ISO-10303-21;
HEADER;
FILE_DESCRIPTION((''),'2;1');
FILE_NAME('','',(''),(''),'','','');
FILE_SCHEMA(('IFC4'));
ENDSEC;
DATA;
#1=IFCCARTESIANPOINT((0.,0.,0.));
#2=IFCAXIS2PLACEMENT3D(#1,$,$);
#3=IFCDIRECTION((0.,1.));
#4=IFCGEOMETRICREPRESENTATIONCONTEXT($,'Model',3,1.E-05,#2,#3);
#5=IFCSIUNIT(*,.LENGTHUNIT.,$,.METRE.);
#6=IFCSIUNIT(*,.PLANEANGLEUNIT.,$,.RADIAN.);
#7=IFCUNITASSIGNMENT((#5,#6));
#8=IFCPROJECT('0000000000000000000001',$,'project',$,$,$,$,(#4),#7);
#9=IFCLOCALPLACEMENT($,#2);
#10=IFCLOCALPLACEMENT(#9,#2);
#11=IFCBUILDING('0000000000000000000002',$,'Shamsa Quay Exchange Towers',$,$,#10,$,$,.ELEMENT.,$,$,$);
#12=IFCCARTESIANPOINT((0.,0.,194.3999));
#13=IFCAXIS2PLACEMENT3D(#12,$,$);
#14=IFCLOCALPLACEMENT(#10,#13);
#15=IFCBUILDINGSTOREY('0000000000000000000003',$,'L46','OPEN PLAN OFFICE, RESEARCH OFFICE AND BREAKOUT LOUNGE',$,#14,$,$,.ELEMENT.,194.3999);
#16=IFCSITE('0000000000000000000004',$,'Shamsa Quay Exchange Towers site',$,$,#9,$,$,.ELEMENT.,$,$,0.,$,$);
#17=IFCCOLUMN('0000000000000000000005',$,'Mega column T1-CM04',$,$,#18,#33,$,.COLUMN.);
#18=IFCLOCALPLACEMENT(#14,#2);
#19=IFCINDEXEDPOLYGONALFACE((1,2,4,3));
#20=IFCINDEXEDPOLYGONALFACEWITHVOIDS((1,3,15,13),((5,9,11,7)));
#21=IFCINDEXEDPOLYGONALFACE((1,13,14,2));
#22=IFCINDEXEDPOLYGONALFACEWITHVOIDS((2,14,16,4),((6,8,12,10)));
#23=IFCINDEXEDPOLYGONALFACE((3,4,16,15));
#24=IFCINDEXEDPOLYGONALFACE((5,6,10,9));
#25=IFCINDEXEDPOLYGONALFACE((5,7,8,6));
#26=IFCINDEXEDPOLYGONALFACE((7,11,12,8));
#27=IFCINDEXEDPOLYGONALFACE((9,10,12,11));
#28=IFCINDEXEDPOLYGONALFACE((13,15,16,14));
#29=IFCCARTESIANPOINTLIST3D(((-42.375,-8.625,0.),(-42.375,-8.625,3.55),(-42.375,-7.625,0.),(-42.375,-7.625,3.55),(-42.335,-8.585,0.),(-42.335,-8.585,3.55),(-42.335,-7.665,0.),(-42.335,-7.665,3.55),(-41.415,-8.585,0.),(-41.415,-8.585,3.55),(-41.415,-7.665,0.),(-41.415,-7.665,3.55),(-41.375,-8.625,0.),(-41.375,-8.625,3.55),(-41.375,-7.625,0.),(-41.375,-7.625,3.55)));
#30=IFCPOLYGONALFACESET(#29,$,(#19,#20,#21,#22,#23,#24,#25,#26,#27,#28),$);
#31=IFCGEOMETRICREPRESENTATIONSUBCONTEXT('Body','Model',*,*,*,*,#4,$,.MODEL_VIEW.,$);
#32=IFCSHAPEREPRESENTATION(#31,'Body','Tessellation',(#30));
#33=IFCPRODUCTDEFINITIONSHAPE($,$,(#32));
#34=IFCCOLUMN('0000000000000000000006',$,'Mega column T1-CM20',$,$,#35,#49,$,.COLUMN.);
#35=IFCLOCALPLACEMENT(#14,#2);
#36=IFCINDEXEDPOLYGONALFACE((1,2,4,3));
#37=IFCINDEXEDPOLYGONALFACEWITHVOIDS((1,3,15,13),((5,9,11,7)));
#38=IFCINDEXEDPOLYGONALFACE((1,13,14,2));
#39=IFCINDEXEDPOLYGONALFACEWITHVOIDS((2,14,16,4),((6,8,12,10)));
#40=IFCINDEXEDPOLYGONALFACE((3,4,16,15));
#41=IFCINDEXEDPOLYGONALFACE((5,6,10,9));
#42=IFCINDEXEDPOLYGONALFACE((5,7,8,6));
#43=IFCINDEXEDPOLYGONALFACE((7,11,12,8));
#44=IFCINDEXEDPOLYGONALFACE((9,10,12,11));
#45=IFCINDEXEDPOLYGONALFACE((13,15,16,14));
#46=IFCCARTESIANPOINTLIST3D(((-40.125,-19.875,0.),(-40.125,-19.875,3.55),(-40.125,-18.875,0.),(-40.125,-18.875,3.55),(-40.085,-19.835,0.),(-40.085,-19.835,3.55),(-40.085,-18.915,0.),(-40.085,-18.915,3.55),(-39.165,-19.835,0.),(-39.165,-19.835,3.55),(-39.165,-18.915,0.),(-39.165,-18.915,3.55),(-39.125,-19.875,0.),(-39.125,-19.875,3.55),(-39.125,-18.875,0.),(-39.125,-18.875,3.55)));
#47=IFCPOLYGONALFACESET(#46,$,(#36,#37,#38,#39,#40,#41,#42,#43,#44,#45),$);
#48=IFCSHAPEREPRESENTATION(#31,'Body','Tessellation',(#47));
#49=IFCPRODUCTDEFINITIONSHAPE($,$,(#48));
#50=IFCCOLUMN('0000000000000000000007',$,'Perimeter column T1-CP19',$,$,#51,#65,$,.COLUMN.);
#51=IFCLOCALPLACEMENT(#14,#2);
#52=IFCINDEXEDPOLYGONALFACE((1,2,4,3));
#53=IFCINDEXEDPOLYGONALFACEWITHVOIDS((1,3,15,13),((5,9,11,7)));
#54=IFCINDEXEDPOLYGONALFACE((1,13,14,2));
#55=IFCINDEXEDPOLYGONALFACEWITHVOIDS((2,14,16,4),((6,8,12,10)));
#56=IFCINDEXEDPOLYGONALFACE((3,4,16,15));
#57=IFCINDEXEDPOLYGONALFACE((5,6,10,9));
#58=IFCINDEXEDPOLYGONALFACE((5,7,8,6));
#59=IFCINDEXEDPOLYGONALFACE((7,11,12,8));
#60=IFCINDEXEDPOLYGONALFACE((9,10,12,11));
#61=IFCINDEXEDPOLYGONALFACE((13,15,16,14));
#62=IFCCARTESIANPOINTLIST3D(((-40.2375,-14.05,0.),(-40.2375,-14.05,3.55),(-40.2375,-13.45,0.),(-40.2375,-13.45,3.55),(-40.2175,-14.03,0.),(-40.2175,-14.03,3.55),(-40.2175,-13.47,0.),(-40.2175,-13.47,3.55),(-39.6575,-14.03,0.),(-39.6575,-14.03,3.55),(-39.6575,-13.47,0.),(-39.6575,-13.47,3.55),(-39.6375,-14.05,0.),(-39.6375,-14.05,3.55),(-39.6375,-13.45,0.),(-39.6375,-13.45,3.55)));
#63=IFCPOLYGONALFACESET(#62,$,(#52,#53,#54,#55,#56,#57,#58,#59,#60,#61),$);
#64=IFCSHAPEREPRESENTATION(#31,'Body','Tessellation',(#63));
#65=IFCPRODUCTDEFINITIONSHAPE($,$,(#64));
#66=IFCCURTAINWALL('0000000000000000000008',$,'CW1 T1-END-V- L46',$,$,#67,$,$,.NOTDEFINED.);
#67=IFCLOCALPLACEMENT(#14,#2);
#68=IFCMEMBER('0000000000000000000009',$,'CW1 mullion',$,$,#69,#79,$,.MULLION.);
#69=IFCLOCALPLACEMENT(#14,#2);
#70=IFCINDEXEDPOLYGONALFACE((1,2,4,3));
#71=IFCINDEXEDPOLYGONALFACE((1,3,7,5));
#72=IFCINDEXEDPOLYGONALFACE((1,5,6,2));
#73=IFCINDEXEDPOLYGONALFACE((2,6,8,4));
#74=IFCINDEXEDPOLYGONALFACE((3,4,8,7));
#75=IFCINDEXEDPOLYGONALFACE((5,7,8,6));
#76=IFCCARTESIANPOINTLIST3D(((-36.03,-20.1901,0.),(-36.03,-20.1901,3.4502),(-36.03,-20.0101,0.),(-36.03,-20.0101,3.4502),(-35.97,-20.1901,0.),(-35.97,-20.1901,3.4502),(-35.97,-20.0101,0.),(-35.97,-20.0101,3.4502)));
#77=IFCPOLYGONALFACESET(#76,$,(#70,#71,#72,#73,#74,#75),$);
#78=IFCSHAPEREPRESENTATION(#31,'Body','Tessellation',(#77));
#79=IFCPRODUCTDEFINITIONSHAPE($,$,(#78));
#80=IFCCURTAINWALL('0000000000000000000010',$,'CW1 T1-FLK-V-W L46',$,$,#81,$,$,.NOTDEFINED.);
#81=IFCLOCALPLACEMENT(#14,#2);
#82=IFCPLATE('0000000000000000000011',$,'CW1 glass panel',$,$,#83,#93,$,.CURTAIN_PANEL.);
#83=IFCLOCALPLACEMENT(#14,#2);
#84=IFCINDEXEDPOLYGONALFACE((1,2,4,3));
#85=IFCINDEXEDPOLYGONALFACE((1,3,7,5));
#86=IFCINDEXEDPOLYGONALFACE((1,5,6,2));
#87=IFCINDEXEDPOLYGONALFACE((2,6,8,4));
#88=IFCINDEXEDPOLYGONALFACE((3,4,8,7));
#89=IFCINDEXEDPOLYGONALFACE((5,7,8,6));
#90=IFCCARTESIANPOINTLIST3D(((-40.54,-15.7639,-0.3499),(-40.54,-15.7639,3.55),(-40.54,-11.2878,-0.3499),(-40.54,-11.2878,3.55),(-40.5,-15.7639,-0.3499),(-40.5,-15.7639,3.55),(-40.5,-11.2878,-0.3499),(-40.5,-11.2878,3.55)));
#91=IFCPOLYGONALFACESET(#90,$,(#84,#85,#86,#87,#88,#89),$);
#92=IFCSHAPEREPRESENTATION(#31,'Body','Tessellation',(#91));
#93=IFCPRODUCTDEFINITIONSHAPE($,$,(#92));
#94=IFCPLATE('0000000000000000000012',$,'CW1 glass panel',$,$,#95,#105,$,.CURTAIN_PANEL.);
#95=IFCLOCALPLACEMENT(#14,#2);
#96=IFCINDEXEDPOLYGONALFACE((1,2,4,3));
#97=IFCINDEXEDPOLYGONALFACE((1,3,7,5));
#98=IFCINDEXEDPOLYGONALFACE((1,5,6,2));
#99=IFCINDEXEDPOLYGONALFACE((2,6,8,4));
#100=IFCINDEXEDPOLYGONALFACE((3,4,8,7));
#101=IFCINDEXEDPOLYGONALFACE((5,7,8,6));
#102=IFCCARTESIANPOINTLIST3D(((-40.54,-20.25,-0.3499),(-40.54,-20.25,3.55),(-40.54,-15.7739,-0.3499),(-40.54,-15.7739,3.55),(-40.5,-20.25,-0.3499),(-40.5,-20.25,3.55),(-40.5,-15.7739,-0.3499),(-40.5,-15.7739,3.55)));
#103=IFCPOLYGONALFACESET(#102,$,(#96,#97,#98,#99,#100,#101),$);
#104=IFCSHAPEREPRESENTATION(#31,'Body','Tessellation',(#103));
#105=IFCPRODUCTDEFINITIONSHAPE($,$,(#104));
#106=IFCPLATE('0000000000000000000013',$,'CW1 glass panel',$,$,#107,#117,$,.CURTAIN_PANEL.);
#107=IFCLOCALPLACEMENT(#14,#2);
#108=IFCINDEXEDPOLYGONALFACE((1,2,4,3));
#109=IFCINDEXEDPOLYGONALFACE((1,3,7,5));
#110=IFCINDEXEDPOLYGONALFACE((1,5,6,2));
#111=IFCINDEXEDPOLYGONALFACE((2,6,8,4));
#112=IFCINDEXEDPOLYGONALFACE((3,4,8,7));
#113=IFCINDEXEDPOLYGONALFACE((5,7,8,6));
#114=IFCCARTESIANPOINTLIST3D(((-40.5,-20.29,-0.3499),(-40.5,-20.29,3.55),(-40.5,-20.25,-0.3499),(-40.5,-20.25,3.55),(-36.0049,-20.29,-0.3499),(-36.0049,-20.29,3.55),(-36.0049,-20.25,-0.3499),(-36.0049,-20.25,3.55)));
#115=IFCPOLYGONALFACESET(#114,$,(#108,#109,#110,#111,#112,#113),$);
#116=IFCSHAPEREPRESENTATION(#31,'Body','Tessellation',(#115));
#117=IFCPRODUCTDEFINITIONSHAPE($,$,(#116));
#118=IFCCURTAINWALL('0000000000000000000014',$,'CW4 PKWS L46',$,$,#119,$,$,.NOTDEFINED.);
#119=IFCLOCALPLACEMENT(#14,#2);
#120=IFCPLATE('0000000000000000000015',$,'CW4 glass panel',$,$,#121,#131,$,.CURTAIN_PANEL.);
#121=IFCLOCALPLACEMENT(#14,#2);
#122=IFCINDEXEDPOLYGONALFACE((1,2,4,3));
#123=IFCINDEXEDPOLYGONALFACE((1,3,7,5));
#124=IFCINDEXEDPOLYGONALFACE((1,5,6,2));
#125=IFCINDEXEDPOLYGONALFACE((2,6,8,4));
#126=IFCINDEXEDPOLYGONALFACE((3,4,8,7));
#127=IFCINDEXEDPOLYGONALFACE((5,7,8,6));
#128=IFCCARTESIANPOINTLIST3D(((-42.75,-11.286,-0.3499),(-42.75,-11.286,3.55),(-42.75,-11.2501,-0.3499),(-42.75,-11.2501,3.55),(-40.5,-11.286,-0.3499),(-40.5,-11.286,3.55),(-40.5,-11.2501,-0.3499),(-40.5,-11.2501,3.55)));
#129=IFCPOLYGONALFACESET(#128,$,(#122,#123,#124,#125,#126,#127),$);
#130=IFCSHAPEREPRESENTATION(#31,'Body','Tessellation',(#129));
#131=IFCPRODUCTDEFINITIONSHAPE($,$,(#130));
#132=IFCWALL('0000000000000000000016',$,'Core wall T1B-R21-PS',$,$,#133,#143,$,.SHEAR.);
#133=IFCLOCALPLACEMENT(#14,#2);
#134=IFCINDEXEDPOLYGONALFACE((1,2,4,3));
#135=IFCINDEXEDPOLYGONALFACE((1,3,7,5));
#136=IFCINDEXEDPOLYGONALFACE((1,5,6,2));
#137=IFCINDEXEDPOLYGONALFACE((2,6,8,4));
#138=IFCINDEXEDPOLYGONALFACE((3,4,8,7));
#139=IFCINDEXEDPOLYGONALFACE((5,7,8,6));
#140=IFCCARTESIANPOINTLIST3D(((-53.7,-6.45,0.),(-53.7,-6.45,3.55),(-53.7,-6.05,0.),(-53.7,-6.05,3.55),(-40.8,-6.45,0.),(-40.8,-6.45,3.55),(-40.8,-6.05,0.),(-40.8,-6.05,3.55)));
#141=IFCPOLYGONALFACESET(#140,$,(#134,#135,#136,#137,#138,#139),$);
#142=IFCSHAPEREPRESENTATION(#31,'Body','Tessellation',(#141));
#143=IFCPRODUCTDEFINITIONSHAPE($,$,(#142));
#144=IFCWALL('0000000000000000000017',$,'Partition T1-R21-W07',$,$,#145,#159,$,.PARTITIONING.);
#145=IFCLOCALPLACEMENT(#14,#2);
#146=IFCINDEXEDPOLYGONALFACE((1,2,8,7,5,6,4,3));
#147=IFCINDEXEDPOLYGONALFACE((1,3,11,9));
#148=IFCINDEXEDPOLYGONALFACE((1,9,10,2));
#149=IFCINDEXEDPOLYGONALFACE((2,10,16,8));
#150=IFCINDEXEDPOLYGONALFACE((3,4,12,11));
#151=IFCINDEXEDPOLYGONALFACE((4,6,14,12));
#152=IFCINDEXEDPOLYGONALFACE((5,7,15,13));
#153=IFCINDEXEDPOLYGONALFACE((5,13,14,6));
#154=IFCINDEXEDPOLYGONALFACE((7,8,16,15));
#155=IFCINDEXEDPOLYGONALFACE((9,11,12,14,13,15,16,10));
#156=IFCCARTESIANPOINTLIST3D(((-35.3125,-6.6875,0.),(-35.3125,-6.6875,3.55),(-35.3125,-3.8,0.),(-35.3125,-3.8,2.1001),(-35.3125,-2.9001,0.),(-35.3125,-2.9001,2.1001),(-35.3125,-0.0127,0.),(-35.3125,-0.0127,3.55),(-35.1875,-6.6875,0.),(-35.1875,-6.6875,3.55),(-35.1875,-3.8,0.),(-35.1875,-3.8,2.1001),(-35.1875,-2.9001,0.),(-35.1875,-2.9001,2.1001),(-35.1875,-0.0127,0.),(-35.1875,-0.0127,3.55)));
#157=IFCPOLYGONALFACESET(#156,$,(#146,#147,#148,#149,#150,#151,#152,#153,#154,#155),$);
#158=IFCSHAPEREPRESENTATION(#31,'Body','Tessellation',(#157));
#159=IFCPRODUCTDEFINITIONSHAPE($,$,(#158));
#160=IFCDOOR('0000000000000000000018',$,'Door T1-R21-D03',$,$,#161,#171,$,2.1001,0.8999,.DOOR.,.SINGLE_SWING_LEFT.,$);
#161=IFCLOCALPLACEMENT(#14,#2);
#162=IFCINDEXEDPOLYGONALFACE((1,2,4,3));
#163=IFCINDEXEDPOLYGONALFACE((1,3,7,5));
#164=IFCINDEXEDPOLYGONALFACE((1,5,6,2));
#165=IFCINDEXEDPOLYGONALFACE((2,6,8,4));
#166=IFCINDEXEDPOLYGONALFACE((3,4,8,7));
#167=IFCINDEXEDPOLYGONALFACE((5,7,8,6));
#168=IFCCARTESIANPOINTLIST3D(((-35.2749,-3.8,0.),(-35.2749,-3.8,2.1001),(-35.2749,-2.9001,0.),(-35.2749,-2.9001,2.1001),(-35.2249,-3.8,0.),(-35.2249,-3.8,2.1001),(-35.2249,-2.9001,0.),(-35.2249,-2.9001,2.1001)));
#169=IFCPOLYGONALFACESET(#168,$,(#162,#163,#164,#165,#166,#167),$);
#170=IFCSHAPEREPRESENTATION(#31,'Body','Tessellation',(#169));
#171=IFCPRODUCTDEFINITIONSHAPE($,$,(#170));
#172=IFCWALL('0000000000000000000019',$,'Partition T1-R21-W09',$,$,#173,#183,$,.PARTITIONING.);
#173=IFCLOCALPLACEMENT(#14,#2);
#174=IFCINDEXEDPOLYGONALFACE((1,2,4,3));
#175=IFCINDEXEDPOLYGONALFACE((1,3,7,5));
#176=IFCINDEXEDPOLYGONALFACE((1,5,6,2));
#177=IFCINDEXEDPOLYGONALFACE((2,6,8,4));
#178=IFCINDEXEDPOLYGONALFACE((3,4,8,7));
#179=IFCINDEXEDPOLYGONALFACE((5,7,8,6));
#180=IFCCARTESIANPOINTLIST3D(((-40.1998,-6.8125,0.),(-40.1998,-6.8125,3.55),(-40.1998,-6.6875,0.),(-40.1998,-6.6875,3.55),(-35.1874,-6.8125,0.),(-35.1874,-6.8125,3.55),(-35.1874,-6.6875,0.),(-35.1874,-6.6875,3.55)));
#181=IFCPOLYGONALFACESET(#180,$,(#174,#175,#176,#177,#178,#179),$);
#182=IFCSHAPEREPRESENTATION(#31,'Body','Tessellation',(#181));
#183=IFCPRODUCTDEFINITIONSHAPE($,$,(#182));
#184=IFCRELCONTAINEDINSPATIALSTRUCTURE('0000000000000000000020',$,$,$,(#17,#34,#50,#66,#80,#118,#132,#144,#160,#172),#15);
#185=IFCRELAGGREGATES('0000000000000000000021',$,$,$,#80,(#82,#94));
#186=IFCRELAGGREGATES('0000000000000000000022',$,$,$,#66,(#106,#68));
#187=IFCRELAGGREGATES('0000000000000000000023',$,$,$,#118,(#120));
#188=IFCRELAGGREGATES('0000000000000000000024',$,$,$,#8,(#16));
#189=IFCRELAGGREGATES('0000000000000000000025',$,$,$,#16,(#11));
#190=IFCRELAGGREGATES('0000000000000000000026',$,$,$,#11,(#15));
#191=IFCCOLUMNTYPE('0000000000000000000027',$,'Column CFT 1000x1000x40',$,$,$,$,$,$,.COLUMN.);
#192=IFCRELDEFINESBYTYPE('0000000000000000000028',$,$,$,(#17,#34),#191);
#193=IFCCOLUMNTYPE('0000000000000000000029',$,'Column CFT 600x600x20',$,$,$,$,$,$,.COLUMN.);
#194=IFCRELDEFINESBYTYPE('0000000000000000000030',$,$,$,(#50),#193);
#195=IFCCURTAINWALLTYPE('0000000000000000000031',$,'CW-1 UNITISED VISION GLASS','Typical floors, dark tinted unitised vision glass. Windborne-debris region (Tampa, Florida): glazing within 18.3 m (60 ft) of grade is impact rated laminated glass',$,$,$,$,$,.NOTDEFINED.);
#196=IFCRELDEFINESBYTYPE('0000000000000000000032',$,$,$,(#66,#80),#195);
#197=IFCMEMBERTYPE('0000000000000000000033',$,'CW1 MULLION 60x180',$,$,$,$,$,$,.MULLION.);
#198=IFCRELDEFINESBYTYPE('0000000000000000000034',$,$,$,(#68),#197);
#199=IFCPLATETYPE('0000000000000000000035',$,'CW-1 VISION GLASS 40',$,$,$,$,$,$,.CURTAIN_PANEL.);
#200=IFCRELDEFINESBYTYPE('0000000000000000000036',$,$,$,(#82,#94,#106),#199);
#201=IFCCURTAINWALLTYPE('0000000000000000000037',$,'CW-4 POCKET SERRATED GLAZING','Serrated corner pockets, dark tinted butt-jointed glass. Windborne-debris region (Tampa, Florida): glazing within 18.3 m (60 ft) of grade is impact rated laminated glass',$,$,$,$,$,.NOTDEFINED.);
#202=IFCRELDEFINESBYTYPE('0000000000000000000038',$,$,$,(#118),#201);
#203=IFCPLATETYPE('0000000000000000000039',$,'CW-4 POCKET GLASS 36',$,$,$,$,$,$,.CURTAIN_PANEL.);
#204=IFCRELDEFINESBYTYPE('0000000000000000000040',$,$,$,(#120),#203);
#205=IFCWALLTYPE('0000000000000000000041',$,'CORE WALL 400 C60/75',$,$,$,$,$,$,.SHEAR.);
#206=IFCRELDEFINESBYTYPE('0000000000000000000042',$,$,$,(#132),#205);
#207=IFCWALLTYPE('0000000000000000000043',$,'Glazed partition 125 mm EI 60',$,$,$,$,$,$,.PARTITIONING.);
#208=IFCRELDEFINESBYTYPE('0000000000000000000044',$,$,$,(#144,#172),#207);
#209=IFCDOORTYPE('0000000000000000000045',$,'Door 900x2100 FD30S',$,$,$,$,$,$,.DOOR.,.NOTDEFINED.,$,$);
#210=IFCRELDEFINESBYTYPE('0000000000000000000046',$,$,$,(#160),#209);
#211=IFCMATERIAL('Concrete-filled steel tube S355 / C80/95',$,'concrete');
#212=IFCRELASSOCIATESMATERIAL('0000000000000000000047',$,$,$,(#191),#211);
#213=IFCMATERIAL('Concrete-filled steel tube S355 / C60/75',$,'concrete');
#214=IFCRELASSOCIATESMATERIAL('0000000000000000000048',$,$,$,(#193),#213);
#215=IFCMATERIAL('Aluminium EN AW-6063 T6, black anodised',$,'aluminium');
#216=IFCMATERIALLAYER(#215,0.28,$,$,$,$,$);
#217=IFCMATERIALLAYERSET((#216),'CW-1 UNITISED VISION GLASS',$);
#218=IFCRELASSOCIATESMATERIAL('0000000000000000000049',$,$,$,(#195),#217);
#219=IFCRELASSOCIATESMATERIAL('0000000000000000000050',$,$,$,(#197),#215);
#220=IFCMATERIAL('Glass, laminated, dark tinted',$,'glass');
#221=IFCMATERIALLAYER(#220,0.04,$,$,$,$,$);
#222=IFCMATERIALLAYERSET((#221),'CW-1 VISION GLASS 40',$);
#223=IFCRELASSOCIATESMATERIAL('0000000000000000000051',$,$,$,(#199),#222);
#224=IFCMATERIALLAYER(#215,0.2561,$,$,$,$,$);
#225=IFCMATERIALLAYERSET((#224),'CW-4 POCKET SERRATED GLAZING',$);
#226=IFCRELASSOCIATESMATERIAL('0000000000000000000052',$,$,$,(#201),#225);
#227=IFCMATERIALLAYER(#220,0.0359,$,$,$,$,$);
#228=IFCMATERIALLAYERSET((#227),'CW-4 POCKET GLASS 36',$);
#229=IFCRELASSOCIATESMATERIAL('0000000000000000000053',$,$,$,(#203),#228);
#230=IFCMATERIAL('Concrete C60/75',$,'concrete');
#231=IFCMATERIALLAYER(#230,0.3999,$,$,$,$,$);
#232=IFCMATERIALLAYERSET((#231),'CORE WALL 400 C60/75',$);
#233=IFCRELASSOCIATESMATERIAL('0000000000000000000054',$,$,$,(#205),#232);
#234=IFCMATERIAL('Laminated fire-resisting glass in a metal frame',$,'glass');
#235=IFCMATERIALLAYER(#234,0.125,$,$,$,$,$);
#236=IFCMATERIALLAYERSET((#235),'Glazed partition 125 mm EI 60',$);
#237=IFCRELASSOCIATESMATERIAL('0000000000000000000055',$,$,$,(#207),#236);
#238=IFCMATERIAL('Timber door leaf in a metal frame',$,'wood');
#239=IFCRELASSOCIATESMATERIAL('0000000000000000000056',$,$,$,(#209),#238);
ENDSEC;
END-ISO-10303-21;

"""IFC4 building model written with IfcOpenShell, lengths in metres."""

from ifc_helpers import new_model, si_unit, direction, frame, frame_2d, origin, origin_2d, place, context, subcontext, project, spatial, rectangle, hollow_rectangle, extrude, material, layer, layer_set, material_profile, profile_set, type_object, element, fill, aggregate, save


model = new_model("IFC4")

# Units and contexts
model_context = context("Model", 3, precision=1e-05, world=origin(), true_north=direction((0.0, 1.0)))
body_context = subcontext(model_context, "Body", "Model", "MODEL_VIEW")
ifc_project = project(units=[si_unit("LENGTHUNIT", "METRE"), si_unit("PLANEANGLEUNIT", "RADIAN")], contexts=[model_context])

# Site, building, storey
site_placement = place(None, origin())
site = spatial("IfcSite", under=ifc_project, at=site_placement, Name="Shamsa Quay Exchange Towers site", CompositionType="ELEMENT", RefElevation=0.0)
building_placement = place(site_placement, origin())
building = spatial("IfcBuilding", under=site, at=building_placement, Name="Shamsa Quay Exchange Towers", CompositionType="ELEMENT")
storey_placement = place(building_placement, frame((0.0, 0.0, 194.3999)))
storey = spatial("IfcBuildingStorey", under=building, at=storey_placement, Name="L46", Description="OPEN PLAN OFFICE, RESEARCH OFFICE AND BREAKOUT LOUNGE", CompositionType="ELEMENT", Elevation=194.3999)

# Columns
ifc_material_1 = material(Name="Concrete-filled steel tube S355 / C80/95", Category="concrete")
ifc_material_profile_1 = material_profile(ifc_material_1, hollow_rectangle(XDim=1.0, YDim=1.0, WallThickness=0.04, at=origin_2d()), Name="CFT 1000x1000x40")
ifc_profile_set_1 = profile_set([ifc_material_profile_1], Name="Concrete-filled steel tube S355 / C80/95")
column_type_1 = type_object("IfcColumnType", Name="Column CFT 1000x1000x40", PredefinedType="COLUMN", material=ifc_profile_set_1)
for number, where, name in (
    (1, (-41.875, -8.125, 0.0), "Mega column T1-CM04"),
    (2, (-39.625, -19.375, 0.0), "Mega column T1-CM20"),
):
    element("IfcColumn", number, at=place(storey_placement, frame(where)), inside=storey, type_object=column_type_1, Name=name, PredefinedType="COLUMN", context=body_context, shape_type="SweptSolid", body=[
        extrude(hollow_rectangle(XDim=1.0, YDim=1.0, WallThickness=0.04, at=origin_2d()), origin(), (0.0, 0.0, 1.0), 3.55),
    ])
ifc_material_2 = material(Name="Concrete-filled steel tube S355 / C60/75", Category="concrete")
ifc_material_profile_2 = material_profile(ifc_material_2, hollow_rectangle(XDim=0.6001, YDim=0.6001, WallThickness=0.02, at=origin_2d()), Name="CFT 600x600x20")
ifc_profile_set_2 = profile_set([ifc_material_profile_2], Name="Concrete-filled steel tube S355 / C60/75")
column_type_2 = type_object("IfcColumnType", Name="Column CFT 600x600x20", PredefinedType="COLUMN", material=ifc_profile_set_2)
column_placement = place(storey_placement, frame((-39.9375, -13.75, 0.0)))
element("IfcColumn", 3, at=column_placement, inside=storey, type_object=column_type_2, Name="Perimeter column T1-CP19", PredefinedType="COLUMN", context=body_context, shape_type="SweptSolid", body=[
    extrude(hollow_rectangle(XDim=0.6001, YDim=0.6001, WallThickness=0.02, at=origin_2d()), origin(), (0.0, 0.0, 1.0), 3.55),
])

# Curtain wall, member
ifc_material_3 = material(Name="Aluminium EN AW-6063 T6, black anodised", Category="aluminium")
ifc_layer_1 = layer(ifc_material_3, 0.28)
ifc_layer_set_1 = layer_set([ifc_layer_1], Name="CW-1 UNITISED VISION GLASS")
curtain_wall_type_1 = type_object("IfcCurtainWallType", Name="CW-1 UNITISED VISION GLASS", Description="Typical floors, dark tinted unitised vision glass. Windborne-debris region (Tampa, Florida): glazing within 18.3 m (60 ft) of grade is impact rated laminated glass", PredefinedType="NOTDEFINED", material=ifc_layer_set_1)
curtain_wall_1_placement = place(storey_placement, origin())
curtain_wall_1 = element("IfcCurtainWall", 4, at=curtain_wall_1_placement, inside=storey, type_object=curtain_wall_type_1, Name="CW1 T1-END-V- L46", PredefinedType="NOTDEFINED")
ifc_material_profile_3 = material_profile(ifc_material_3, rectangle(XDim=0.1799, YDim=0.0601, at=origin_2d()), Name="MU60x180")
ifc_profile_set_3 = profile_set([ifc_material_profile_3], Name="Aluminium EN AW-6063 T6, black anodised")
member_type = type_object("IfcMemberType", Name="CW1 MULLION 60x180", PredefinedType="MULLION", material=ifc_profile_set_3)
member_placement = place(storey_placement, frame((-36.0, -20.1001, 0.0), z_axis=(0.0, 0.0, 1.0), x_axis=(0.0, 1.0, 0.0)))
member = element("IfcMember", 5, at=member_placement, type_object=member_type, Name="CW1 mullion", PredefinedType="MULLION", context=body_context, shape_type="SweptSolid", body=[
    extrude(rectangle(XDim=0.1799, YDim=0.0601, at=origin_2d()), origin(), (0.0, 0.0, 1.0), 3.4502),
])

# Curtain wall, plates
curtain_wall_2_placement = place(storey_placement, origin())
curtain_wall_2 = element("IfcCurtainWall", 6, at=curtain_wall_2_placement, inside=storey, type_object=curtain_wall_type_1, Name="CW1 T1-FLK-V-W L46", PredefinedType="NOTDEFINED")
ifc_material_4 = material(Name="Glass, laminated, dark tinted", Category="glass")
ifc_layer_2 = layer(ifc_material_4, 0.04)
ifc_layer_set_2 = layer_set([ifc_layer_2], Name="CW-1 VISION GLASS 40")
plate_type_1 = type_object("IfcPlateType", Name="CW-1 VISION GLASS 40", PredefinedType="CURTAIN_PANEL", material=ifc_layer_set_2)
plate_1_placement = place(storey_placement, frame((-40.52, -13.5259, -0.3499), z_axis=(0.0, 0.0, 1.0), x_axis=(0.0, -1.0, 0.0)))
plate_1 = element("IfcPlate", 7, at=plate_1_placement, type_object=plate_type_1, Name="CW1 glass panel", PredefinedType="CURTAIN_PANEL", context=body_context, shape_type="SweptSolid", body=[
    extrude(rectangle(XDim=4.4761, YDim=0.04, at=origin_2d()), origin(), (0.0, 0.0, 1.0), 3.8999),
])
plate_2_placement = place(storey_placement, frame((-40.52, -18.012, -0.3499), z_axis=(0.0, 0.0, 1.0), x_axis=(0.0, -1.0, 0.0)))
plate_2 = element("IfcPlate", 8, at=plate_2_placement, type_object=plate_type_1, Name="CW1 glass panel", PredefinedType="CURTAIN_PANEL", context=body_context, shape_type="SweptSolid", body=[
    extrude(rectangle(XDim=4.4761, YDim=0.04, at=origin_2d()), origin(), (0.0, 0.0, 1.0), 3.8999),
])
aggregate(curtain_wall_2, [plate_1, plate_2])

# Plate
plate_3_placement = place(storey_placement, frame((-38.2524, -20.27, -0.3499)))
plate_3 = element("IfcPlate", 9, at=plate_3_placement, type_object=plate_type_1, Name="CW1 glass panel", PredefinedType="CURTAIN_PANEL", context=body_context, shape_type="SweptSolid", body=[
    extrude(rectangle(XDim=4.4951, YDim=0.04, at=origin_2d()), origin(), (0.0, 0.0, 1.0), 3.8999),
])
aggregate(curtain_wall_1, [plate_3, member])

# Curtain wall, plate
ifc_layer_3 = layer(ifc_material_3, 0.2561)
ifc_layer_set_3 = layer_set([ifc_layer_3], Name="CW-4 POCKET SERRATED GLAZING")
curtain_wall_type_2 = type_object("IfcCurtainWallType", Name="CW-4 POCKET SERRATED GLAZING", Description="Serrated corner pockets, dark tinted butt-jointed glass. Windborne-debris region (Tampa, Florida): glazing within 18.3 m (60 ft) of grade is impact rated laminated glass", PredefinedType="NOTDEFINED", material=ifc_layer_set_3)
curtain_wall_3_placement = place(storey_placement, origin())
curtain_wall_3 = element("IfcCurtainWall", 10, at=curtain_wall_3_placement, inside=storey, type_object=curtain_wall_type_2, Name="CW4 PKWS L46", PredefinedType="NOTDEFINED")
ifc_layer_4 = layer(ifc_material_4, 0.0359)
ifc_layer_set_4 = layer_set([ifc_layer_4], Name="CW-4 POCKET GLASS 36")
plate_type_2 = type_object("IfcPlateType", Name="CW-4 POCKET GLASS 36", PredefinedType="CURTAIN_PANEL", material=ifc_layer_set_4)
plate_4_placement = place(storey_placement, frame((-41.625, -11.2681, -0.3499)))
plate_4 = element("IfcPlate", 11, at=plate_4_placement, type_object=plate_type_2, Name="CW4 glass panel", PredefinedType="CURTAIN_PANEL", context=body_context, shape_type="SweptSolid", body=[
    extrude(rectangle(XDim=2.25, YDim=0.0359, at=origin_2d()), origin(), (0.0, 0.0, 1.0), 3.8999),
])
aggregate(curtain_wall_3, [plate_4])

# Wall
ifc_material_5 = material(Name="Concrete C60/75", Category="concrete")
ifc_layer_5 = layer(ifc_material_5, 0.3999)
ifc_layer_set_5 = layer_set([ifc_layer_5], Name="CORE WALL 400 C60/75")
wall_type_1 = type_object("IfcWallType", Name="CORE WALL 400 C60/75", PredefinedType="SHEAR", material=ifc_layer_set_5)
wall_1_placement = place(storey_placement, frame((-40.8, -6.25, 0.0), z_axis=(0.0, 0.0, 1.0), x_axis=(-1.0, 0.0, 0.0)))
element("IfcWall", 12, at=wall_1_placement, inside=storey, type_object=wall_type_1, Name="Core wall T1B-R21-PS", PredefinedType="SHEAR", context=body_context, shape_type="SweptSolid", body=[
    extrude(rectangle(XDim=12.8999, YDim=0.3999, at=frame_2d((6.45, 0.0))), origin(), (0.0, 0.0, 1.0), 3.55),
])

# Wall, opening, door
ifc_material_6 = material(Name="Laminated fire-resisting glass in a metal frame", Category="glass")
ifc_layer_6 = layer(ifc_material_6, 0.125)
ifc_layer_set_6 = layer_set([ifc_layer_6], Name="Glazed partition 125 mm EI 60")
wall_type_2 = type_object("IfcWallType", Name="Glazed partition 125 mm EI 60", PredefinedType="PARTITIONING", material=ifc_layer_set_6)
wall_2_placement = place(storey_placement, frame((-35.25, -6.6875, 0.0), z_axis=(0.0, 0.0, 1.0), x_axis=(0.0, 1.0, 0.0)))
wall_2 = element("IfcWall", 13, at=wall_2_placement, inside=storey, type_object=wall_type_2, Name="Partition T1-R21-W07", PredefinedType="PARTITIONING", context=body_context, shape_type="SweptSolid", body=[
    extrude(rectangle(XDim=6.6748, YDim=0.125, at=frame_2d((3.3374, 0.0))), origin(), (0.0, 0.0, 1.0), 3.55),
])
opening_1_placement = place(wall_2_placement, frame((2.8875, 0.0, 0.0)))
opening_1 = element("IfcOpeningElement", 14, at=opening_1_placement, cuts=wall_2, PredefinedType="OPENING", context=body_context, shape_type="SweptSolid", body=[
    extrude(rectangle(XDim=0.8999, YDim=2.1001, at=frame_2d((0.45, 1.05))), frame((0.0, 0.0725, 0.0), z_axis=(0.0, -1.0, 0.0), x_axis=(1.0, 0.0, 0.0)), (0.0, 0.0, 1.0), 0.145),
])
ifc_material_7 = material(Name="Timber door leaf in a metal frame", Category="wood")
door_type_1 = type_object("IfcDoorType", Name="Door 900x2100 FD30S", OperationType="NOTDEFINED", PredefinedType="DOOR", material=ifc_material_7)
door_1_placement = place(opening_1_placement, origin())
door_1 = element("IfcDoor", 15, at=door_1_placement, inside=storey, type_object=door_type_1, Name="Door T1-R21-D03", OperationType="SINGLE_SWING_LEFT", OverallHeight=2.1001, OverallWidth=0.8999, PredefinedType="DOOR", context=body_context, shape_type="SweptSolid", body=[
    extrude(rectangle(XDim=0.8999, YDim=2.1001, at=frame_2d((0.45, 1.05))), frame((0.0, 0.0249, 0.0), z_axis=(0.0, -1.0, 0.0), x_axis=(1.0, 0.0, 0.0)), (0.0, 0.0, 1.0), 0.05),
])
fill(opening_1, door_1)

# Wall
wall_3_placement = place(storey_placement, frame((-40.2, -6.75, 0.0)))
element("IfcWall", 16, at=wall_3_placement, inside=storey, type_object=wall_type_2, Name="Partition T1-R21-W09", PredefinedType="PARTITIONING", context=body_context, shape_type="SweptSolid", body=[
    extrude(rectangle(XDim=5.0125, YDim=0.125, at=frame_2d((2.5063, 0.0))), origin(), (0.0, 0.0, 1.0), 3.55),
])

save(model, "model.ifc")
